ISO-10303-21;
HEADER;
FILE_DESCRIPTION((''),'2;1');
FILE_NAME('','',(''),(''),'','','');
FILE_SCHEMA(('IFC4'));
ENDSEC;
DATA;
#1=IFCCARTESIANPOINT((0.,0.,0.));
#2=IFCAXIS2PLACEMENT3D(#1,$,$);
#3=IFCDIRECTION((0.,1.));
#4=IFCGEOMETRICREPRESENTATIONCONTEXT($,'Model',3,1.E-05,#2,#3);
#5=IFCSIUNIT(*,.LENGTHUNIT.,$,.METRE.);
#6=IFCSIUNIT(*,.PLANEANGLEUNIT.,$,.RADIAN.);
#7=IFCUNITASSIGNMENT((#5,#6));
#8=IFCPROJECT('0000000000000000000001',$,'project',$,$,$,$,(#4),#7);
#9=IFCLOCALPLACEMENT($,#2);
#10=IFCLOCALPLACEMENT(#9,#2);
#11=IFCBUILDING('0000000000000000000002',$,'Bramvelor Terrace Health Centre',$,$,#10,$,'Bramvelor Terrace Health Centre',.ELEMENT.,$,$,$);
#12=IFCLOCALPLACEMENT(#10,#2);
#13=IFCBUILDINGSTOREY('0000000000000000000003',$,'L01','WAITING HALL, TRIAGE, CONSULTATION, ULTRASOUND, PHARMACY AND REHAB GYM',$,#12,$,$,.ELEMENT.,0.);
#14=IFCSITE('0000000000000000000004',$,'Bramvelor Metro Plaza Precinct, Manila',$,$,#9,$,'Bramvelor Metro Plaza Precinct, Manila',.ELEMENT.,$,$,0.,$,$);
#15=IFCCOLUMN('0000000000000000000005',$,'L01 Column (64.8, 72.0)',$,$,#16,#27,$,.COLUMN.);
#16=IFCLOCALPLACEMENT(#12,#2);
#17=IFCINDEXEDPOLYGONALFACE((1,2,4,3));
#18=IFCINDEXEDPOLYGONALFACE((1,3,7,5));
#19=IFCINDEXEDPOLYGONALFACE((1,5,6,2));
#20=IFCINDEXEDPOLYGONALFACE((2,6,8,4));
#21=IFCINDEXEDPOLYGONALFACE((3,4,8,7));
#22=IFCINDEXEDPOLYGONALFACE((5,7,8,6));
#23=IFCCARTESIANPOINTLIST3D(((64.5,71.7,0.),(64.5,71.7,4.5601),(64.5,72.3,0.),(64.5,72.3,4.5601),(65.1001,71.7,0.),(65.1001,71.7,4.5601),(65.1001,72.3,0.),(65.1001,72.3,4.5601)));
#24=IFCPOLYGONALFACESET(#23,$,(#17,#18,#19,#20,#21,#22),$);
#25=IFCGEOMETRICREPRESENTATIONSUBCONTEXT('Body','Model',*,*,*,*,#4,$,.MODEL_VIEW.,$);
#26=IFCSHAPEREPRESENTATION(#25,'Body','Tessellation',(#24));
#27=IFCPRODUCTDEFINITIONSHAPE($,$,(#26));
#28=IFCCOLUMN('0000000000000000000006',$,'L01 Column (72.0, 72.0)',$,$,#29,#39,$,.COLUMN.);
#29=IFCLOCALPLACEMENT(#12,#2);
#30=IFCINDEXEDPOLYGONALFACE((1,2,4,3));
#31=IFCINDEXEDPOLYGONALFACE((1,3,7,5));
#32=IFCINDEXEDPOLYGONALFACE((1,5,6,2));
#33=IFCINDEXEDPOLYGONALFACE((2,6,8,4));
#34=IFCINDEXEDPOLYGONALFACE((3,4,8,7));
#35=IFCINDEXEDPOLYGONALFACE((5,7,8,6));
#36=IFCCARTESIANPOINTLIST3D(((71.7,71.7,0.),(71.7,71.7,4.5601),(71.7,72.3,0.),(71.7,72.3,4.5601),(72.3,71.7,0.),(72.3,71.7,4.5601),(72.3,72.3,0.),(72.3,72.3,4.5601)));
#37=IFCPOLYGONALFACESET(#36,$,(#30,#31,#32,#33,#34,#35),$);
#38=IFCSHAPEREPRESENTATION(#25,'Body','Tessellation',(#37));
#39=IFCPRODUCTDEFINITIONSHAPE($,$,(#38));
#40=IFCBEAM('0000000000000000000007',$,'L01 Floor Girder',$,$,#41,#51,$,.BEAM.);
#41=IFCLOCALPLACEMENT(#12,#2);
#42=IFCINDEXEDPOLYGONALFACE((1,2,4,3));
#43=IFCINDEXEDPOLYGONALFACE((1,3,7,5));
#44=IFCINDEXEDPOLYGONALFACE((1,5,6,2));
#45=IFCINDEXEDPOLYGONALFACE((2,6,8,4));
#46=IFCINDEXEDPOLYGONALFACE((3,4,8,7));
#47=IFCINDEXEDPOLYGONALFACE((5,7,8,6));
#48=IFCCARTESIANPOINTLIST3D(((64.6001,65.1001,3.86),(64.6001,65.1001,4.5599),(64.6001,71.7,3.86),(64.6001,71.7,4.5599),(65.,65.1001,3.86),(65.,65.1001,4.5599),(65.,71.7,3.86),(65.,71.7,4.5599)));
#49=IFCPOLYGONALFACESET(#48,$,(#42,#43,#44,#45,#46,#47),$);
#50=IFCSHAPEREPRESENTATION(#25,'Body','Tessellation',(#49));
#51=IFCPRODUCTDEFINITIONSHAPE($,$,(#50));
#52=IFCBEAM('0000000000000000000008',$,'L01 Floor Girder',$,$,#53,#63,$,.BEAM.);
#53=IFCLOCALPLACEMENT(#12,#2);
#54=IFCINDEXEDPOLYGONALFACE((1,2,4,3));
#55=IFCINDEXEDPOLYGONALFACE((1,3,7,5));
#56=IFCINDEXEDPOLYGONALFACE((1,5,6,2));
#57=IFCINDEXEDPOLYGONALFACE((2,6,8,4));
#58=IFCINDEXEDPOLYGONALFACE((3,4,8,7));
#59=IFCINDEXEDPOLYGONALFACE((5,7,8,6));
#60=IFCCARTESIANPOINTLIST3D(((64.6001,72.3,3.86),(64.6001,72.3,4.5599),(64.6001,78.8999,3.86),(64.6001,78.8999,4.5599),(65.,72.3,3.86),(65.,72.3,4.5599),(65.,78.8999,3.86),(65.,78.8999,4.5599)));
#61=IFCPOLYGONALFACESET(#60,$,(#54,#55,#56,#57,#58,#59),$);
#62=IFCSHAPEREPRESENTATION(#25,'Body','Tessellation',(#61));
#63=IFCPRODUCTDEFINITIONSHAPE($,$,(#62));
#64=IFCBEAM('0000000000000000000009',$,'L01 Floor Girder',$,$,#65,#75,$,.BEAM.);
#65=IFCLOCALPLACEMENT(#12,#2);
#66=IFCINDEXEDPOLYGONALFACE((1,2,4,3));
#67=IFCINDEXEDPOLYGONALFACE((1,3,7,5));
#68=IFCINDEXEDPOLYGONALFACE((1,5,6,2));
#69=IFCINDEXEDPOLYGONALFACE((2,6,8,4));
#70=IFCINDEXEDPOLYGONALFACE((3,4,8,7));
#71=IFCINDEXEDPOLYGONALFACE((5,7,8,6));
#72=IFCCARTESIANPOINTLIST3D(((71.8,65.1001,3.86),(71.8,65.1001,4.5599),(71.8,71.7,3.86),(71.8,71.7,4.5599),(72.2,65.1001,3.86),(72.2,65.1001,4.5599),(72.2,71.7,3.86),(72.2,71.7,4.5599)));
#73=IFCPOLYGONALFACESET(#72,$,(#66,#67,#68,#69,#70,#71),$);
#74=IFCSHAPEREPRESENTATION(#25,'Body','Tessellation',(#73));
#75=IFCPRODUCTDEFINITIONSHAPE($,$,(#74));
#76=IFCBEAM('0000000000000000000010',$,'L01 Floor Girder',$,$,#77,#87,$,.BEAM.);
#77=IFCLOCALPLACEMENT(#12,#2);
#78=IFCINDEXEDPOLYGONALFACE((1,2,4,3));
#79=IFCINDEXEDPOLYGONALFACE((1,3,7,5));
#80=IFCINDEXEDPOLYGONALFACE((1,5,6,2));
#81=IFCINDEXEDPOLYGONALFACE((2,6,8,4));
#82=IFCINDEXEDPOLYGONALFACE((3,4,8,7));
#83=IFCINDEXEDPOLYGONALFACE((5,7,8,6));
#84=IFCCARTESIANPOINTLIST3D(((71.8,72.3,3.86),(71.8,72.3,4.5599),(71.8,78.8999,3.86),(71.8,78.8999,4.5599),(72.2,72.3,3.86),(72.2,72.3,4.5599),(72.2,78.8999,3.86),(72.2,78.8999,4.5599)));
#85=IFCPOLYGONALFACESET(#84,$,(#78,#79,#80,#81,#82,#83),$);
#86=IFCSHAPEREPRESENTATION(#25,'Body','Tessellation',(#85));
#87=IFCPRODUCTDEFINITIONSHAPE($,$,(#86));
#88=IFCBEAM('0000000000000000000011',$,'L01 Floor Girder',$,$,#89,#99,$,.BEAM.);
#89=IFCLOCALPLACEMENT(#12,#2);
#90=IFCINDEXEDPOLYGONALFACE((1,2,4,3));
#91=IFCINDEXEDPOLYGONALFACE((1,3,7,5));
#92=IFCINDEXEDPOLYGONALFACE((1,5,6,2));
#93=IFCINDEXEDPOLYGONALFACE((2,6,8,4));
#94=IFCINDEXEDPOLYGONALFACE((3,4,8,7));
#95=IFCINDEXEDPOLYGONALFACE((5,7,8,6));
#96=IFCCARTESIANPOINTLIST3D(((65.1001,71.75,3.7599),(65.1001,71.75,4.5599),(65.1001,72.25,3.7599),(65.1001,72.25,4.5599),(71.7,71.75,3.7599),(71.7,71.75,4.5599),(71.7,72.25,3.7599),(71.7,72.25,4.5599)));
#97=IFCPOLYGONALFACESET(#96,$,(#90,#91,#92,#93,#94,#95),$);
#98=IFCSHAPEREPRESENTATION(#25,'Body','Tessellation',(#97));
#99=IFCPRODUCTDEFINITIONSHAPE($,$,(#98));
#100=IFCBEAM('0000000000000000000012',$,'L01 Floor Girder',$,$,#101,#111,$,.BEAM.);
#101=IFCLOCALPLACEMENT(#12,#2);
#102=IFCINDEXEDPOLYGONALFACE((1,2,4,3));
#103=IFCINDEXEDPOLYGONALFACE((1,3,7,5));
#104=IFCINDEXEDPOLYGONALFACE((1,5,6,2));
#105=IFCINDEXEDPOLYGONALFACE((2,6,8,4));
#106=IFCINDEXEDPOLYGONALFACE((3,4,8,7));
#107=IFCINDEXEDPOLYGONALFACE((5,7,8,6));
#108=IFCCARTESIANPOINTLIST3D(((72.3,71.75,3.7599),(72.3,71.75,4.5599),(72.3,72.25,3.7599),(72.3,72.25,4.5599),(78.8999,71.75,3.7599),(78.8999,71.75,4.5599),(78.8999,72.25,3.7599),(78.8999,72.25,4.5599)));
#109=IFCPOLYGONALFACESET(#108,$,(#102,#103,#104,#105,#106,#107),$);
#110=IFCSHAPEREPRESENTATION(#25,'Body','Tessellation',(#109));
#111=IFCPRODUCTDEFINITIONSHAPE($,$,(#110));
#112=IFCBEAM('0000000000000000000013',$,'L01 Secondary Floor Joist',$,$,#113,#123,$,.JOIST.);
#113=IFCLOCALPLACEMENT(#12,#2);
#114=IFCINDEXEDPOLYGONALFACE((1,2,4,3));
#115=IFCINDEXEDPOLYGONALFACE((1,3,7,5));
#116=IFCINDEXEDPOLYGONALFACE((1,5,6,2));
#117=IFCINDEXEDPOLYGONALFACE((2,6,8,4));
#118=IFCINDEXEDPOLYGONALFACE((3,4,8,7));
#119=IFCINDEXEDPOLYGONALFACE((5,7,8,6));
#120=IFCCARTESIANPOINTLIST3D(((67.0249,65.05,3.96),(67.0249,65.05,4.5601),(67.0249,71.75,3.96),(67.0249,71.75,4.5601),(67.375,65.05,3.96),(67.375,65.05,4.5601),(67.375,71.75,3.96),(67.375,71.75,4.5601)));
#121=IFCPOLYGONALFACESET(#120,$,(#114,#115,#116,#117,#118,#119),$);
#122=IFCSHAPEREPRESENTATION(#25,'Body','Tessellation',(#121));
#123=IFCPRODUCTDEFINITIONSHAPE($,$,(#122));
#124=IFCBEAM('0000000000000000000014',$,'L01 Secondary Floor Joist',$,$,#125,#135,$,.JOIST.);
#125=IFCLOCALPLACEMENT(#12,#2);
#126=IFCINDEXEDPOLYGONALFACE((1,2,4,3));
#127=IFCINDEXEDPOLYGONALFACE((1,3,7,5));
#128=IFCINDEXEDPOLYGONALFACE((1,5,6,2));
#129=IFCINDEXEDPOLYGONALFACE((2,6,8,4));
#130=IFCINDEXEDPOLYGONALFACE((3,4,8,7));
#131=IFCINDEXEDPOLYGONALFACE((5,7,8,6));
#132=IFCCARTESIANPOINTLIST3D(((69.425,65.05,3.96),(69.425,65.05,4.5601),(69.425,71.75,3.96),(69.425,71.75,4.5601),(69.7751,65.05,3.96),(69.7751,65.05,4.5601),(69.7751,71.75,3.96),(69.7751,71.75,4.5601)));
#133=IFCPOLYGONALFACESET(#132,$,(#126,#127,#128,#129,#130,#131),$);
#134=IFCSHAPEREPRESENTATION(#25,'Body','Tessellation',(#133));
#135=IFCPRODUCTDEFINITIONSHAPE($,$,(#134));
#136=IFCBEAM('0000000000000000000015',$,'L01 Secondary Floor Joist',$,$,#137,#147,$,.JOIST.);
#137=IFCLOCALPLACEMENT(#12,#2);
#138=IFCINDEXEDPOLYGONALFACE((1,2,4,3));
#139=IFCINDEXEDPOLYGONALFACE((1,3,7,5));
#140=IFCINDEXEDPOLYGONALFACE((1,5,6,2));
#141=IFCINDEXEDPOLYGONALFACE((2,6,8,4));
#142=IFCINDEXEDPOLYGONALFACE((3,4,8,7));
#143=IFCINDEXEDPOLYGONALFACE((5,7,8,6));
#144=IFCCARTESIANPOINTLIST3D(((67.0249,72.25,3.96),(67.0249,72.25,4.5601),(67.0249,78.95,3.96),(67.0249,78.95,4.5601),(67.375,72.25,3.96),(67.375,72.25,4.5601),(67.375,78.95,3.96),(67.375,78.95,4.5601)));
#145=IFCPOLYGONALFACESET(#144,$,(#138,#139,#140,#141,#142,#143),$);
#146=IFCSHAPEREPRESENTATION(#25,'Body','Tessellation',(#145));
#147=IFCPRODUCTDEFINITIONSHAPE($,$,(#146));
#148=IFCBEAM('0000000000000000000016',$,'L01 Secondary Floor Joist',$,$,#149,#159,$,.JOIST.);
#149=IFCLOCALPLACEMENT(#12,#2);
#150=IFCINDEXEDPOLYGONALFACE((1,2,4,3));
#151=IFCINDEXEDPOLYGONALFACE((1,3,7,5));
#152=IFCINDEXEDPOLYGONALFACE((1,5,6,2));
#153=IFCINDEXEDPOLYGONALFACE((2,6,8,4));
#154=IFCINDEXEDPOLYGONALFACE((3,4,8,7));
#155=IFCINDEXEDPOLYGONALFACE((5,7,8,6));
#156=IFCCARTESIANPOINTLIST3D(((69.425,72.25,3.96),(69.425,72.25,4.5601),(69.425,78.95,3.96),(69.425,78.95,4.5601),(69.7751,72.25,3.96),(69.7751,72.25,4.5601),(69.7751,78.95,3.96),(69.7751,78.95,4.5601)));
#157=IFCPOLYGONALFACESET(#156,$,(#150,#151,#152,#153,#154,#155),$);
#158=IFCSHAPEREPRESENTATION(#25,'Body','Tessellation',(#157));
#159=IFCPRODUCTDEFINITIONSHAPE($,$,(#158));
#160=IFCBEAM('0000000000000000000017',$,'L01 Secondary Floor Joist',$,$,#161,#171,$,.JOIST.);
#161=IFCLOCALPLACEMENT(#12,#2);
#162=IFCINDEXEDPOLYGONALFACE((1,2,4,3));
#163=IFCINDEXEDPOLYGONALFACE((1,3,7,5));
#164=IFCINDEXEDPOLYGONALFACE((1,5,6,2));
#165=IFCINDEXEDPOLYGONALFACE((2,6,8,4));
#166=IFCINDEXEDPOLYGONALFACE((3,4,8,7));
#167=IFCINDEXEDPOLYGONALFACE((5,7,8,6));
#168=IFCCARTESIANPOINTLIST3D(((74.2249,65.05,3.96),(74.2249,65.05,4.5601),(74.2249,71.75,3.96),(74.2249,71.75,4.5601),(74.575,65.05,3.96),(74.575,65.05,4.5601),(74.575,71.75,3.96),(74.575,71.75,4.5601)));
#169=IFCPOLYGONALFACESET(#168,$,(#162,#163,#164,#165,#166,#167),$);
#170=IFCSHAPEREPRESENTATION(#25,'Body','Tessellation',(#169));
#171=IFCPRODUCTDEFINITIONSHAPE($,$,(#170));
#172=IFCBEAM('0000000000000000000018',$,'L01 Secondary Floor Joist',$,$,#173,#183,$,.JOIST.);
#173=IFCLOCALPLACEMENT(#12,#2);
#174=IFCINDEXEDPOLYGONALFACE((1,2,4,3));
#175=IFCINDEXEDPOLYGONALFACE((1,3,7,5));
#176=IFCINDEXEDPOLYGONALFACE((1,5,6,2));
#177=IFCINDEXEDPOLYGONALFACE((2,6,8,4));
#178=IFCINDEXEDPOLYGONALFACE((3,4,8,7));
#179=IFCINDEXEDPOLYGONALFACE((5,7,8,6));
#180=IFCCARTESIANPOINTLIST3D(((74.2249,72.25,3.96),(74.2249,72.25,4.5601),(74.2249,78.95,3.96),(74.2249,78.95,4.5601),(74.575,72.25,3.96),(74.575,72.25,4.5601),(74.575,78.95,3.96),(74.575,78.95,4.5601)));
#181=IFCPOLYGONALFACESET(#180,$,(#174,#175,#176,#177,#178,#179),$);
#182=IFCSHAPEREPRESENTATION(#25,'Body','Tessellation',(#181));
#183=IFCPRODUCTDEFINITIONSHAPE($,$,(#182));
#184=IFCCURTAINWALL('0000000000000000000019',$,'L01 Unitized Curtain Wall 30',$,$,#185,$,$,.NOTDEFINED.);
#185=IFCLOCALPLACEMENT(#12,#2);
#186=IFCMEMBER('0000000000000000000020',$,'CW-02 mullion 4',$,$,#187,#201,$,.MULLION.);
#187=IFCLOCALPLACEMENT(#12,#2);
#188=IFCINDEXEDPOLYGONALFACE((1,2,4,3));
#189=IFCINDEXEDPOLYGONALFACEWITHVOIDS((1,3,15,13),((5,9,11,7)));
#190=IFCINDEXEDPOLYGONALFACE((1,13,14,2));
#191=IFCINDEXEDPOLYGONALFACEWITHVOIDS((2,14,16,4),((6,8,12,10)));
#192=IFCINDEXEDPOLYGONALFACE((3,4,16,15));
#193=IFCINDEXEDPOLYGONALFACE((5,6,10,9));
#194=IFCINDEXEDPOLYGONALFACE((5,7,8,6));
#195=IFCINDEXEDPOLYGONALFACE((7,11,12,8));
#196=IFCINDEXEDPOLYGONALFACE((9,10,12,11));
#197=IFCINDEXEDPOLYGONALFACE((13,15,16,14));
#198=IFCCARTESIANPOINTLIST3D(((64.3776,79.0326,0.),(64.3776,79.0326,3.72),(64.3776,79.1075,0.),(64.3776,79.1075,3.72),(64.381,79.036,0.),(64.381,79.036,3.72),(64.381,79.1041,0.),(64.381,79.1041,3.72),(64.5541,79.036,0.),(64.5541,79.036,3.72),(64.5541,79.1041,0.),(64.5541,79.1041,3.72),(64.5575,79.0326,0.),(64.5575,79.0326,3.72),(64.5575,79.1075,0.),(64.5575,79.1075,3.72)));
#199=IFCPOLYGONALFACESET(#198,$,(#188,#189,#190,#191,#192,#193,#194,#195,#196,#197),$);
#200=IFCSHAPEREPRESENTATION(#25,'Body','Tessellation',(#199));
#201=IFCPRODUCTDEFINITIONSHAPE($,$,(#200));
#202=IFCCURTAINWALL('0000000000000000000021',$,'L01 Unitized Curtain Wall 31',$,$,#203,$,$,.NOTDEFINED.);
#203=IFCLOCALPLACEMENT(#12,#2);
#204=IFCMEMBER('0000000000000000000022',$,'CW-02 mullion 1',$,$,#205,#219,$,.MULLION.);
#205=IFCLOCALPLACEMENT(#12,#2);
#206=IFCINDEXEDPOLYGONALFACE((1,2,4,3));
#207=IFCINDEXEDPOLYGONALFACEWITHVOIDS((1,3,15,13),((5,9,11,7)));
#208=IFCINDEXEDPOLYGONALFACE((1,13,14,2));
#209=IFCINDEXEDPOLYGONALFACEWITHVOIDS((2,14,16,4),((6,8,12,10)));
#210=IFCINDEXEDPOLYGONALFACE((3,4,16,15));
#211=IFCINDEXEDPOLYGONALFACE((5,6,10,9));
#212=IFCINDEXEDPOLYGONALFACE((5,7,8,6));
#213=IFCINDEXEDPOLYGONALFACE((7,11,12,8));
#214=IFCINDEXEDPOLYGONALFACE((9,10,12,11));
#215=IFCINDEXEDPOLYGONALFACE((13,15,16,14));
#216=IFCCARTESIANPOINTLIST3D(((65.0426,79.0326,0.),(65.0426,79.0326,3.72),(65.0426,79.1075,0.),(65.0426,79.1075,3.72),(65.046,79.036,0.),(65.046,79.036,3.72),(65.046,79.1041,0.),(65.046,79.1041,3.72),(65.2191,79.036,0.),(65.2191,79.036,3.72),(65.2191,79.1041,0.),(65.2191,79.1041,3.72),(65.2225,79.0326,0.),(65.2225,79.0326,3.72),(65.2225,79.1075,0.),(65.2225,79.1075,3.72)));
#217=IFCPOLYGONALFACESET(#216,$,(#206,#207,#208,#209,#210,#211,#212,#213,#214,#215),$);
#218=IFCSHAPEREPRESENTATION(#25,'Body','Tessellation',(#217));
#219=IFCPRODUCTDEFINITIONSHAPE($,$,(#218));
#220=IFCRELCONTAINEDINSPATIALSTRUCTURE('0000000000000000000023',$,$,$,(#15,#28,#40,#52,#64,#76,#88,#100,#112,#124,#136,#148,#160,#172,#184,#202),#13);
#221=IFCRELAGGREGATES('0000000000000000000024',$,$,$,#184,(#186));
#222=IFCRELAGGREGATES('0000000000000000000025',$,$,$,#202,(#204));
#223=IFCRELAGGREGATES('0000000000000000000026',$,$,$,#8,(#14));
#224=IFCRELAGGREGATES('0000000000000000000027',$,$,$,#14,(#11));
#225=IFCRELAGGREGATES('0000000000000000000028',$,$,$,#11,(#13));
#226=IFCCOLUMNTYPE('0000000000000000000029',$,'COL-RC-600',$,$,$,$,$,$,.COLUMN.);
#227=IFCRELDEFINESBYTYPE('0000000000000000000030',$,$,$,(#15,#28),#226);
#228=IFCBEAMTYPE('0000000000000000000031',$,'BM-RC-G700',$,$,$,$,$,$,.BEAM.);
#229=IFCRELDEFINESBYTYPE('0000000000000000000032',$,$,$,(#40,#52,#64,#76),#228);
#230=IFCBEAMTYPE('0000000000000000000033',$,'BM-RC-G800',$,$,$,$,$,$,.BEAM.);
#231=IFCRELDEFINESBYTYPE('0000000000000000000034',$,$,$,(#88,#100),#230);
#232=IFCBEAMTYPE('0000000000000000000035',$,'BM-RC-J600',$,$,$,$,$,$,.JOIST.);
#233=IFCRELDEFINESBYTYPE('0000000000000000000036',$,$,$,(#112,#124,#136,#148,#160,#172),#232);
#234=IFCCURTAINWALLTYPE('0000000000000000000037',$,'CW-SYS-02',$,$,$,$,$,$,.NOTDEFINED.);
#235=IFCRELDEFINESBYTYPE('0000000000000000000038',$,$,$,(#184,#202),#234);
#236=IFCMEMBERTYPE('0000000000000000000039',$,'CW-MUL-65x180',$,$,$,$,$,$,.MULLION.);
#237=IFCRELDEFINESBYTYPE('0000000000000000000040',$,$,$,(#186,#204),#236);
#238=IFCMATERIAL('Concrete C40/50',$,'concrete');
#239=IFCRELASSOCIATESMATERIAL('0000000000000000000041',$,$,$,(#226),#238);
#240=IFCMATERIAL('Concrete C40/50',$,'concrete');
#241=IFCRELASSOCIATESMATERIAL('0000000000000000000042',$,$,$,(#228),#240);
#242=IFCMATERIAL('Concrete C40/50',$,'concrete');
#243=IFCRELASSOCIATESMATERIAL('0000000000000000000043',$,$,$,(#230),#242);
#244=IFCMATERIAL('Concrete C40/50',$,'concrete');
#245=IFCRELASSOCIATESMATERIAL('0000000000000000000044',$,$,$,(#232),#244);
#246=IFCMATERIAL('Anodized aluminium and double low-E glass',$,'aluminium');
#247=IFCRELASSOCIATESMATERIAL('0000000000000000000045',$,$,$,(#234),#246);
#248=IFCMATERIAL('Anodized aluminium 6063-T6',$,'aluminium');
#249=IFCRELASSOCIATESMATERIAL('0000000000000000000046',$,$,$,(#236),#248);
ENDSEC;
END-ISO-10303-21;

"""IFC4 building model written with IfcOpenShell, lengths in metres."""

from ifc_helpers import new_model, si_unit, direction, frame, origin, origin_2d, place, context, subcontext, project, spatial, rectangle, hollow_rectangle, extrude, material, material_profile, profile_set, type_object, element, aggregate, save


model = new_model("IFC4")

# Units and contexts
model_context = context("Model", 3, precision=1e-05, world=origin(), true_north=direction((0.0, 1.0)))
body_context = subcontext(model_context, "Body", "Model", "MODEL_VIEW")
ifc_project = project(units=[si_unit("LENGTHUNIT", "METRE"), si_unit("PLANEANGLEUNIT", "RADIAN")], contexts=[model_context])

# Site, building, storey
site_placement = place(None, origin())
site = spatial("IfcSite", under=ifc_project, at=site_placement, Name="Bramvelor Metro Plaza Precinct, Manila", LongName="Bramvelor Metro Plaza Precinct, Manila", CompositionType="ELEMENT", RefElevation=0.0)
building_placement = place(site_placement, origin())
building = spatial("IfcBuilding", under=site, at=building_placement, Name="Bramvelor Terrace Health Centre", LongName="Bramvelor Terrace Health Centre", CompositionType="ELEMENT")
storey_placement = place(building_placement, origin())
storey = spatial("IfcBuildingStorey", under=building, at=storey_placement, Name="L01", Description="WAITING HALL, TRIAGE, CONSULTATION, ULTRASOUND, PHARMACY AND REHAB GYM", CompositionType="ELEMENT", Elevation=0.0)

# Columns
ifc_material_1 = material(Name="Concrete C40/50", Category="concrete")
ifc_material_profile_1 = material_profile(ifc_material_1, rectangle(XDim=0.6001, YDim=0.6001, at=origin_2d()), Name="RC 600x600")
ifc_profile_set_1 = profile_set([ifc_material_profile_1], Name="Concrete C40/50")
column_type = type_object("IfcColumnType", Name="COL-RC-600", PredefinedType="COLUMN", material=ifc_profile_set_1)
for number, where, z_axis, x_axis, name in (
    (1, (64.8, 72.0, 0.0), (0.0, 0.0, 1.0), (1.0, 0.0, 0.0), "L01 Column (64.8, 72.0)"),
    (2, (72.0, 72.0, 0.0), (0.0, 0.0, 1.0), (1.0, 0.0, 0.0), "L01 Column (72.0, 72.0)"),
):
    element("IfcColumn", number, at=place(storey_placement, frame(where, z_axis=z_axis, x_axis=x_axis)), inside=storey, type_object=column_type, Name=name, PredefinedType="COLUMN", context=body_context, shape_type="SweptSolid", body=[
        extrude(rectangle(XDim=0.6001, YDim=0.6001, at=origin_2d()), origin(), (0.0, 0.0, 1.0), 4.5601),
    ])

# Beams
ifc_material_2 = material(Name="Concrete C40/50", Category="concrete")
ifc_material_profile_2 = material_profile(ifc_material_2, rectangle(XDim=0.3999, YDim=0.7, at=origin_2d()), Name="RC 400x700")
ifc_profile_set_2 = profile_set([ifc_material_profile_2], Name="Concrete C40/50")
beam_type_1 = type_object("IfcBeamType", Name="BM-RC-G700", PredefinedType="BEAM", material=ifc_profile_set_2)
for number, where, z_axis, x_axis, name in (
    (3, (64.8, 65.1001, 4.21), (0.0, 1.0, 0.0), (-1.0, 0.0, 0.0), "L01 Floor Girder"),
    (4, (64.8, 72.3, 4.21), (0.0, 1.0, 0.0), (-1.0, 0.0, 0.0), "L01 Floor Girder"),
    (5, (72.0, 65.1001, 4.21), (0.0, 1.0, 0.0), (-1.0, 0.0, 0.0), "L01 Floor Girder"),
    (6, (72.0, 72.3, 4.21), (0.0, 1.0, 0.0), (-1.0, 0.0, 0.0), "L01 Floor Girder"),
):
    element("IfcBeam", number, at=place(storey_placement, frame(where, z_axis=z_axis, x_axis=x_axis)), inside=storey, type_object=beam_type_1, Name=name, PredefinedType="BEAM", context=body_context, shape_type="SweptSolid", body=[
        extrude(rectangle(XDim=0.3999, YDim=0.7, at=origin_2d()), origin(), (0.0, 0.0, 1.0), 6.5999),
    ])
ifc_material_3 = material(Name="Concrete C40/50", Category="concrete")
ifc_material_profile_3 = material_profile(ifc_material_3, rectangle(XDim=0.5, YDim=0.8, at=origin_2d()), Name="RC 500x800")
ifc_profile_set_3 = profile_set([ifc_material_profile_3], Name="Concrete C40/50")
beam_type_2 = type_object("IfcBeamType", Name="BM-RC-G800", PredefinedType="BEAM", material=ifc_profile_set_3)
for number, where, z_axis, x_axis, name in (
    (7, (65.1001, 72.0, 4.1599), (1.0, 0.0, 0.0), (0.0, 1.0, 0.0), "L01 Floor Girder"),
    (8, (72.3, 72.0, 4.1599), (1.0, 0.0, 0.0), (0.0, 1.0, 0.0), "L01 Floor Girder"),
):
    element("IfcBeam", number, at=place(storey_placement, frame(where, z_axis=z_axis, x_axis=x_axis)), inside=storey, type_object=beam_type_2, Name=name, PredefinedType="BEAM", context=body_context, shape_type="SweptSolid", body=[
        extrude(rectangle(XDim=0.5, YDim=0.8, at=origin_2d()), origin(), (0.0, 0.0, 1.0), 6.5999),
    ])
ifc_material_4 = material(Name="Concrete C40/50", Category="concrete")
ifc_material_profile_4 = material_profile(ifc_material_4, rectangle(XDim=0.3501, YDim=0.6001, at=origin_2d()), Name="RC 350x600")
ifc_profile_set_4 = profile_set([ifc_material_profile_4], Name="Concrete C40/50")
beam_type_3 = type_object("IfcBeamType", Name="BM-RC-J600", PredefinedType="JOIST", material=ifc_profile_set_4)
for number, where, z_axis, x_axis, name in (
    (9, (67.2, 65.05, 4.26), (0.0, 1.0, 0.0), (-1.0, 0.0, 0.0), "L01 Secondary Floor Joist"),
    (10, (69.6001, 65.05, 4.26), (0.0, 1.0, 0.0), (-1.0, 0.0, 0.0), "L01 Secondary Floor Joist"),
    (11, (67.2, 72.25, 4.26), (0.0, 1.0, 0.0), (-1.0, 0.0, 0.0), "L01 Secondary Floor Joist"),
    (12, (69.6001, 72.25, 4.26), (0.0, 1.0, 0.0), (-1.0, 0.0, 0.0), "L01 Secondary Floor Joist"),
    (13, (74.3999, 65.05, 4.26), (0.0, 1.0, 0.0), (-1.0, 0.0, 0.0), "L01 Secondary Floor Joist"),
    (14, (74.3999, 72.25, 4.26), (0.0, 1.0, 0.0), (-1.0, 0.0, 0.0), "L01 Secondary Floor Joist"),
):
    element("IfcBeam", number, at=place(storey_placement, frame(where, z_axis=z_axis, x_axis=x_axis)), inside=storey, type_object=beam_type_3, Name=name, PredefinedType="JOIST", context=body_context, shape_type="SweptSolid", body=[
        extrude(rectangle(XDim=0.3501, YDim=0.6001, at=origin_2d()), origin(), (0.0, 0.0, 1.0), 6.7),
    ])

# Curtain walls, members
ifc_material_5 = material(Name="Anodized aluminium and double low-E glass", Category="aluminium")
curtain_wall_type = type_object("IfcCurtainWallType", Name="CW-SYS-02", PredefinedType="NOTDEFINED", material=ifc_material_5)
curtain_wall_1_placement = place(storey_placement, origin())
curtain_wall_1 = element("IfcCurtainWall", 15, at=curtain_wall_1_placement, inside=storey, type_object=curtain_wall_type, Name="L01 Unitized Curtain Wall 30", PredefinedType="NOTDEFINED")
ifc_material_6 = material(Name="Anodized aluminium 6063-T6", Category="aluminium")
ifc_material_profile_5 = material_profile(ifc_material_6, hollow_rectangle(XDim=0.075, YDim=0.1799, WallThickness=0.0034, at=origin_2d()), Name="ALU-MUL 75x180x3.5")
ifc_profile_set_5 = profile_set([ifc_material_profile_5], Name="Anodized aluminium 6063-T6")
member_type_1 = type_object("IfcMemberType", Name="CW-MUL-65x180", PredefinedType="MULLION", material=ifc_profile_set_5)
member_1_placement = place(storey_placement, frame((64.4675, 79.0701, 0.0), z_axis=(0.0, 0.0, 1.0), x_axis=(0.0, 1.0, 0.0)))
member_1 = element("IfcMember", 16, at=member_1_placement, type_object=member_type_1, Name="CW-02 mullion 4", PredefinedType="MULLION", context=body_context, shape_type="SweptSolid", body=[
    extrude(hollow_rectangle(XDim=0.075, YDim=0.1799, WallThickness=0.0034, at=origin_2d()), origin(), (0.0, 0.0, 1.0), 3.72),
])
aggregate(curtain_wall_1, [member_1])
curtain_wall_2_placement = place(storey_placement, origin())
curtain_wall_2 = element("IfcCurtainWall", 17, at=curtain_wall_2_placement, inside=storey, type_object=curtain_wall_type, Name="L01 Unitized Curtain Wall 31", PredefinedType="NOTDEFINED")
member_2_placement = place(storey_placement, frame((65.1326, 79.0701, 0.0), z_axis=(0.0, 0.0, 1.0), x_axis=(0.0, 1.0, 0.0)))
member_2 = element("IfcMember", 18, at=member_2_placement, type_object=member_type_1, Name="CW-02 mullion 1", PredefinedType="MULLION", context=body_context, shape_type="SweptSolid", body=[
    extrude(hollow_rectangle(XDim=0.075, YDim=0.1799, WallThickness=0.0034, at=origin_2d()), origin(), (0.0, 0.0, 1.0), 3.72),
])

aggregate(curtain_wall_2, [member_2])

save(model, "model.ifc")
